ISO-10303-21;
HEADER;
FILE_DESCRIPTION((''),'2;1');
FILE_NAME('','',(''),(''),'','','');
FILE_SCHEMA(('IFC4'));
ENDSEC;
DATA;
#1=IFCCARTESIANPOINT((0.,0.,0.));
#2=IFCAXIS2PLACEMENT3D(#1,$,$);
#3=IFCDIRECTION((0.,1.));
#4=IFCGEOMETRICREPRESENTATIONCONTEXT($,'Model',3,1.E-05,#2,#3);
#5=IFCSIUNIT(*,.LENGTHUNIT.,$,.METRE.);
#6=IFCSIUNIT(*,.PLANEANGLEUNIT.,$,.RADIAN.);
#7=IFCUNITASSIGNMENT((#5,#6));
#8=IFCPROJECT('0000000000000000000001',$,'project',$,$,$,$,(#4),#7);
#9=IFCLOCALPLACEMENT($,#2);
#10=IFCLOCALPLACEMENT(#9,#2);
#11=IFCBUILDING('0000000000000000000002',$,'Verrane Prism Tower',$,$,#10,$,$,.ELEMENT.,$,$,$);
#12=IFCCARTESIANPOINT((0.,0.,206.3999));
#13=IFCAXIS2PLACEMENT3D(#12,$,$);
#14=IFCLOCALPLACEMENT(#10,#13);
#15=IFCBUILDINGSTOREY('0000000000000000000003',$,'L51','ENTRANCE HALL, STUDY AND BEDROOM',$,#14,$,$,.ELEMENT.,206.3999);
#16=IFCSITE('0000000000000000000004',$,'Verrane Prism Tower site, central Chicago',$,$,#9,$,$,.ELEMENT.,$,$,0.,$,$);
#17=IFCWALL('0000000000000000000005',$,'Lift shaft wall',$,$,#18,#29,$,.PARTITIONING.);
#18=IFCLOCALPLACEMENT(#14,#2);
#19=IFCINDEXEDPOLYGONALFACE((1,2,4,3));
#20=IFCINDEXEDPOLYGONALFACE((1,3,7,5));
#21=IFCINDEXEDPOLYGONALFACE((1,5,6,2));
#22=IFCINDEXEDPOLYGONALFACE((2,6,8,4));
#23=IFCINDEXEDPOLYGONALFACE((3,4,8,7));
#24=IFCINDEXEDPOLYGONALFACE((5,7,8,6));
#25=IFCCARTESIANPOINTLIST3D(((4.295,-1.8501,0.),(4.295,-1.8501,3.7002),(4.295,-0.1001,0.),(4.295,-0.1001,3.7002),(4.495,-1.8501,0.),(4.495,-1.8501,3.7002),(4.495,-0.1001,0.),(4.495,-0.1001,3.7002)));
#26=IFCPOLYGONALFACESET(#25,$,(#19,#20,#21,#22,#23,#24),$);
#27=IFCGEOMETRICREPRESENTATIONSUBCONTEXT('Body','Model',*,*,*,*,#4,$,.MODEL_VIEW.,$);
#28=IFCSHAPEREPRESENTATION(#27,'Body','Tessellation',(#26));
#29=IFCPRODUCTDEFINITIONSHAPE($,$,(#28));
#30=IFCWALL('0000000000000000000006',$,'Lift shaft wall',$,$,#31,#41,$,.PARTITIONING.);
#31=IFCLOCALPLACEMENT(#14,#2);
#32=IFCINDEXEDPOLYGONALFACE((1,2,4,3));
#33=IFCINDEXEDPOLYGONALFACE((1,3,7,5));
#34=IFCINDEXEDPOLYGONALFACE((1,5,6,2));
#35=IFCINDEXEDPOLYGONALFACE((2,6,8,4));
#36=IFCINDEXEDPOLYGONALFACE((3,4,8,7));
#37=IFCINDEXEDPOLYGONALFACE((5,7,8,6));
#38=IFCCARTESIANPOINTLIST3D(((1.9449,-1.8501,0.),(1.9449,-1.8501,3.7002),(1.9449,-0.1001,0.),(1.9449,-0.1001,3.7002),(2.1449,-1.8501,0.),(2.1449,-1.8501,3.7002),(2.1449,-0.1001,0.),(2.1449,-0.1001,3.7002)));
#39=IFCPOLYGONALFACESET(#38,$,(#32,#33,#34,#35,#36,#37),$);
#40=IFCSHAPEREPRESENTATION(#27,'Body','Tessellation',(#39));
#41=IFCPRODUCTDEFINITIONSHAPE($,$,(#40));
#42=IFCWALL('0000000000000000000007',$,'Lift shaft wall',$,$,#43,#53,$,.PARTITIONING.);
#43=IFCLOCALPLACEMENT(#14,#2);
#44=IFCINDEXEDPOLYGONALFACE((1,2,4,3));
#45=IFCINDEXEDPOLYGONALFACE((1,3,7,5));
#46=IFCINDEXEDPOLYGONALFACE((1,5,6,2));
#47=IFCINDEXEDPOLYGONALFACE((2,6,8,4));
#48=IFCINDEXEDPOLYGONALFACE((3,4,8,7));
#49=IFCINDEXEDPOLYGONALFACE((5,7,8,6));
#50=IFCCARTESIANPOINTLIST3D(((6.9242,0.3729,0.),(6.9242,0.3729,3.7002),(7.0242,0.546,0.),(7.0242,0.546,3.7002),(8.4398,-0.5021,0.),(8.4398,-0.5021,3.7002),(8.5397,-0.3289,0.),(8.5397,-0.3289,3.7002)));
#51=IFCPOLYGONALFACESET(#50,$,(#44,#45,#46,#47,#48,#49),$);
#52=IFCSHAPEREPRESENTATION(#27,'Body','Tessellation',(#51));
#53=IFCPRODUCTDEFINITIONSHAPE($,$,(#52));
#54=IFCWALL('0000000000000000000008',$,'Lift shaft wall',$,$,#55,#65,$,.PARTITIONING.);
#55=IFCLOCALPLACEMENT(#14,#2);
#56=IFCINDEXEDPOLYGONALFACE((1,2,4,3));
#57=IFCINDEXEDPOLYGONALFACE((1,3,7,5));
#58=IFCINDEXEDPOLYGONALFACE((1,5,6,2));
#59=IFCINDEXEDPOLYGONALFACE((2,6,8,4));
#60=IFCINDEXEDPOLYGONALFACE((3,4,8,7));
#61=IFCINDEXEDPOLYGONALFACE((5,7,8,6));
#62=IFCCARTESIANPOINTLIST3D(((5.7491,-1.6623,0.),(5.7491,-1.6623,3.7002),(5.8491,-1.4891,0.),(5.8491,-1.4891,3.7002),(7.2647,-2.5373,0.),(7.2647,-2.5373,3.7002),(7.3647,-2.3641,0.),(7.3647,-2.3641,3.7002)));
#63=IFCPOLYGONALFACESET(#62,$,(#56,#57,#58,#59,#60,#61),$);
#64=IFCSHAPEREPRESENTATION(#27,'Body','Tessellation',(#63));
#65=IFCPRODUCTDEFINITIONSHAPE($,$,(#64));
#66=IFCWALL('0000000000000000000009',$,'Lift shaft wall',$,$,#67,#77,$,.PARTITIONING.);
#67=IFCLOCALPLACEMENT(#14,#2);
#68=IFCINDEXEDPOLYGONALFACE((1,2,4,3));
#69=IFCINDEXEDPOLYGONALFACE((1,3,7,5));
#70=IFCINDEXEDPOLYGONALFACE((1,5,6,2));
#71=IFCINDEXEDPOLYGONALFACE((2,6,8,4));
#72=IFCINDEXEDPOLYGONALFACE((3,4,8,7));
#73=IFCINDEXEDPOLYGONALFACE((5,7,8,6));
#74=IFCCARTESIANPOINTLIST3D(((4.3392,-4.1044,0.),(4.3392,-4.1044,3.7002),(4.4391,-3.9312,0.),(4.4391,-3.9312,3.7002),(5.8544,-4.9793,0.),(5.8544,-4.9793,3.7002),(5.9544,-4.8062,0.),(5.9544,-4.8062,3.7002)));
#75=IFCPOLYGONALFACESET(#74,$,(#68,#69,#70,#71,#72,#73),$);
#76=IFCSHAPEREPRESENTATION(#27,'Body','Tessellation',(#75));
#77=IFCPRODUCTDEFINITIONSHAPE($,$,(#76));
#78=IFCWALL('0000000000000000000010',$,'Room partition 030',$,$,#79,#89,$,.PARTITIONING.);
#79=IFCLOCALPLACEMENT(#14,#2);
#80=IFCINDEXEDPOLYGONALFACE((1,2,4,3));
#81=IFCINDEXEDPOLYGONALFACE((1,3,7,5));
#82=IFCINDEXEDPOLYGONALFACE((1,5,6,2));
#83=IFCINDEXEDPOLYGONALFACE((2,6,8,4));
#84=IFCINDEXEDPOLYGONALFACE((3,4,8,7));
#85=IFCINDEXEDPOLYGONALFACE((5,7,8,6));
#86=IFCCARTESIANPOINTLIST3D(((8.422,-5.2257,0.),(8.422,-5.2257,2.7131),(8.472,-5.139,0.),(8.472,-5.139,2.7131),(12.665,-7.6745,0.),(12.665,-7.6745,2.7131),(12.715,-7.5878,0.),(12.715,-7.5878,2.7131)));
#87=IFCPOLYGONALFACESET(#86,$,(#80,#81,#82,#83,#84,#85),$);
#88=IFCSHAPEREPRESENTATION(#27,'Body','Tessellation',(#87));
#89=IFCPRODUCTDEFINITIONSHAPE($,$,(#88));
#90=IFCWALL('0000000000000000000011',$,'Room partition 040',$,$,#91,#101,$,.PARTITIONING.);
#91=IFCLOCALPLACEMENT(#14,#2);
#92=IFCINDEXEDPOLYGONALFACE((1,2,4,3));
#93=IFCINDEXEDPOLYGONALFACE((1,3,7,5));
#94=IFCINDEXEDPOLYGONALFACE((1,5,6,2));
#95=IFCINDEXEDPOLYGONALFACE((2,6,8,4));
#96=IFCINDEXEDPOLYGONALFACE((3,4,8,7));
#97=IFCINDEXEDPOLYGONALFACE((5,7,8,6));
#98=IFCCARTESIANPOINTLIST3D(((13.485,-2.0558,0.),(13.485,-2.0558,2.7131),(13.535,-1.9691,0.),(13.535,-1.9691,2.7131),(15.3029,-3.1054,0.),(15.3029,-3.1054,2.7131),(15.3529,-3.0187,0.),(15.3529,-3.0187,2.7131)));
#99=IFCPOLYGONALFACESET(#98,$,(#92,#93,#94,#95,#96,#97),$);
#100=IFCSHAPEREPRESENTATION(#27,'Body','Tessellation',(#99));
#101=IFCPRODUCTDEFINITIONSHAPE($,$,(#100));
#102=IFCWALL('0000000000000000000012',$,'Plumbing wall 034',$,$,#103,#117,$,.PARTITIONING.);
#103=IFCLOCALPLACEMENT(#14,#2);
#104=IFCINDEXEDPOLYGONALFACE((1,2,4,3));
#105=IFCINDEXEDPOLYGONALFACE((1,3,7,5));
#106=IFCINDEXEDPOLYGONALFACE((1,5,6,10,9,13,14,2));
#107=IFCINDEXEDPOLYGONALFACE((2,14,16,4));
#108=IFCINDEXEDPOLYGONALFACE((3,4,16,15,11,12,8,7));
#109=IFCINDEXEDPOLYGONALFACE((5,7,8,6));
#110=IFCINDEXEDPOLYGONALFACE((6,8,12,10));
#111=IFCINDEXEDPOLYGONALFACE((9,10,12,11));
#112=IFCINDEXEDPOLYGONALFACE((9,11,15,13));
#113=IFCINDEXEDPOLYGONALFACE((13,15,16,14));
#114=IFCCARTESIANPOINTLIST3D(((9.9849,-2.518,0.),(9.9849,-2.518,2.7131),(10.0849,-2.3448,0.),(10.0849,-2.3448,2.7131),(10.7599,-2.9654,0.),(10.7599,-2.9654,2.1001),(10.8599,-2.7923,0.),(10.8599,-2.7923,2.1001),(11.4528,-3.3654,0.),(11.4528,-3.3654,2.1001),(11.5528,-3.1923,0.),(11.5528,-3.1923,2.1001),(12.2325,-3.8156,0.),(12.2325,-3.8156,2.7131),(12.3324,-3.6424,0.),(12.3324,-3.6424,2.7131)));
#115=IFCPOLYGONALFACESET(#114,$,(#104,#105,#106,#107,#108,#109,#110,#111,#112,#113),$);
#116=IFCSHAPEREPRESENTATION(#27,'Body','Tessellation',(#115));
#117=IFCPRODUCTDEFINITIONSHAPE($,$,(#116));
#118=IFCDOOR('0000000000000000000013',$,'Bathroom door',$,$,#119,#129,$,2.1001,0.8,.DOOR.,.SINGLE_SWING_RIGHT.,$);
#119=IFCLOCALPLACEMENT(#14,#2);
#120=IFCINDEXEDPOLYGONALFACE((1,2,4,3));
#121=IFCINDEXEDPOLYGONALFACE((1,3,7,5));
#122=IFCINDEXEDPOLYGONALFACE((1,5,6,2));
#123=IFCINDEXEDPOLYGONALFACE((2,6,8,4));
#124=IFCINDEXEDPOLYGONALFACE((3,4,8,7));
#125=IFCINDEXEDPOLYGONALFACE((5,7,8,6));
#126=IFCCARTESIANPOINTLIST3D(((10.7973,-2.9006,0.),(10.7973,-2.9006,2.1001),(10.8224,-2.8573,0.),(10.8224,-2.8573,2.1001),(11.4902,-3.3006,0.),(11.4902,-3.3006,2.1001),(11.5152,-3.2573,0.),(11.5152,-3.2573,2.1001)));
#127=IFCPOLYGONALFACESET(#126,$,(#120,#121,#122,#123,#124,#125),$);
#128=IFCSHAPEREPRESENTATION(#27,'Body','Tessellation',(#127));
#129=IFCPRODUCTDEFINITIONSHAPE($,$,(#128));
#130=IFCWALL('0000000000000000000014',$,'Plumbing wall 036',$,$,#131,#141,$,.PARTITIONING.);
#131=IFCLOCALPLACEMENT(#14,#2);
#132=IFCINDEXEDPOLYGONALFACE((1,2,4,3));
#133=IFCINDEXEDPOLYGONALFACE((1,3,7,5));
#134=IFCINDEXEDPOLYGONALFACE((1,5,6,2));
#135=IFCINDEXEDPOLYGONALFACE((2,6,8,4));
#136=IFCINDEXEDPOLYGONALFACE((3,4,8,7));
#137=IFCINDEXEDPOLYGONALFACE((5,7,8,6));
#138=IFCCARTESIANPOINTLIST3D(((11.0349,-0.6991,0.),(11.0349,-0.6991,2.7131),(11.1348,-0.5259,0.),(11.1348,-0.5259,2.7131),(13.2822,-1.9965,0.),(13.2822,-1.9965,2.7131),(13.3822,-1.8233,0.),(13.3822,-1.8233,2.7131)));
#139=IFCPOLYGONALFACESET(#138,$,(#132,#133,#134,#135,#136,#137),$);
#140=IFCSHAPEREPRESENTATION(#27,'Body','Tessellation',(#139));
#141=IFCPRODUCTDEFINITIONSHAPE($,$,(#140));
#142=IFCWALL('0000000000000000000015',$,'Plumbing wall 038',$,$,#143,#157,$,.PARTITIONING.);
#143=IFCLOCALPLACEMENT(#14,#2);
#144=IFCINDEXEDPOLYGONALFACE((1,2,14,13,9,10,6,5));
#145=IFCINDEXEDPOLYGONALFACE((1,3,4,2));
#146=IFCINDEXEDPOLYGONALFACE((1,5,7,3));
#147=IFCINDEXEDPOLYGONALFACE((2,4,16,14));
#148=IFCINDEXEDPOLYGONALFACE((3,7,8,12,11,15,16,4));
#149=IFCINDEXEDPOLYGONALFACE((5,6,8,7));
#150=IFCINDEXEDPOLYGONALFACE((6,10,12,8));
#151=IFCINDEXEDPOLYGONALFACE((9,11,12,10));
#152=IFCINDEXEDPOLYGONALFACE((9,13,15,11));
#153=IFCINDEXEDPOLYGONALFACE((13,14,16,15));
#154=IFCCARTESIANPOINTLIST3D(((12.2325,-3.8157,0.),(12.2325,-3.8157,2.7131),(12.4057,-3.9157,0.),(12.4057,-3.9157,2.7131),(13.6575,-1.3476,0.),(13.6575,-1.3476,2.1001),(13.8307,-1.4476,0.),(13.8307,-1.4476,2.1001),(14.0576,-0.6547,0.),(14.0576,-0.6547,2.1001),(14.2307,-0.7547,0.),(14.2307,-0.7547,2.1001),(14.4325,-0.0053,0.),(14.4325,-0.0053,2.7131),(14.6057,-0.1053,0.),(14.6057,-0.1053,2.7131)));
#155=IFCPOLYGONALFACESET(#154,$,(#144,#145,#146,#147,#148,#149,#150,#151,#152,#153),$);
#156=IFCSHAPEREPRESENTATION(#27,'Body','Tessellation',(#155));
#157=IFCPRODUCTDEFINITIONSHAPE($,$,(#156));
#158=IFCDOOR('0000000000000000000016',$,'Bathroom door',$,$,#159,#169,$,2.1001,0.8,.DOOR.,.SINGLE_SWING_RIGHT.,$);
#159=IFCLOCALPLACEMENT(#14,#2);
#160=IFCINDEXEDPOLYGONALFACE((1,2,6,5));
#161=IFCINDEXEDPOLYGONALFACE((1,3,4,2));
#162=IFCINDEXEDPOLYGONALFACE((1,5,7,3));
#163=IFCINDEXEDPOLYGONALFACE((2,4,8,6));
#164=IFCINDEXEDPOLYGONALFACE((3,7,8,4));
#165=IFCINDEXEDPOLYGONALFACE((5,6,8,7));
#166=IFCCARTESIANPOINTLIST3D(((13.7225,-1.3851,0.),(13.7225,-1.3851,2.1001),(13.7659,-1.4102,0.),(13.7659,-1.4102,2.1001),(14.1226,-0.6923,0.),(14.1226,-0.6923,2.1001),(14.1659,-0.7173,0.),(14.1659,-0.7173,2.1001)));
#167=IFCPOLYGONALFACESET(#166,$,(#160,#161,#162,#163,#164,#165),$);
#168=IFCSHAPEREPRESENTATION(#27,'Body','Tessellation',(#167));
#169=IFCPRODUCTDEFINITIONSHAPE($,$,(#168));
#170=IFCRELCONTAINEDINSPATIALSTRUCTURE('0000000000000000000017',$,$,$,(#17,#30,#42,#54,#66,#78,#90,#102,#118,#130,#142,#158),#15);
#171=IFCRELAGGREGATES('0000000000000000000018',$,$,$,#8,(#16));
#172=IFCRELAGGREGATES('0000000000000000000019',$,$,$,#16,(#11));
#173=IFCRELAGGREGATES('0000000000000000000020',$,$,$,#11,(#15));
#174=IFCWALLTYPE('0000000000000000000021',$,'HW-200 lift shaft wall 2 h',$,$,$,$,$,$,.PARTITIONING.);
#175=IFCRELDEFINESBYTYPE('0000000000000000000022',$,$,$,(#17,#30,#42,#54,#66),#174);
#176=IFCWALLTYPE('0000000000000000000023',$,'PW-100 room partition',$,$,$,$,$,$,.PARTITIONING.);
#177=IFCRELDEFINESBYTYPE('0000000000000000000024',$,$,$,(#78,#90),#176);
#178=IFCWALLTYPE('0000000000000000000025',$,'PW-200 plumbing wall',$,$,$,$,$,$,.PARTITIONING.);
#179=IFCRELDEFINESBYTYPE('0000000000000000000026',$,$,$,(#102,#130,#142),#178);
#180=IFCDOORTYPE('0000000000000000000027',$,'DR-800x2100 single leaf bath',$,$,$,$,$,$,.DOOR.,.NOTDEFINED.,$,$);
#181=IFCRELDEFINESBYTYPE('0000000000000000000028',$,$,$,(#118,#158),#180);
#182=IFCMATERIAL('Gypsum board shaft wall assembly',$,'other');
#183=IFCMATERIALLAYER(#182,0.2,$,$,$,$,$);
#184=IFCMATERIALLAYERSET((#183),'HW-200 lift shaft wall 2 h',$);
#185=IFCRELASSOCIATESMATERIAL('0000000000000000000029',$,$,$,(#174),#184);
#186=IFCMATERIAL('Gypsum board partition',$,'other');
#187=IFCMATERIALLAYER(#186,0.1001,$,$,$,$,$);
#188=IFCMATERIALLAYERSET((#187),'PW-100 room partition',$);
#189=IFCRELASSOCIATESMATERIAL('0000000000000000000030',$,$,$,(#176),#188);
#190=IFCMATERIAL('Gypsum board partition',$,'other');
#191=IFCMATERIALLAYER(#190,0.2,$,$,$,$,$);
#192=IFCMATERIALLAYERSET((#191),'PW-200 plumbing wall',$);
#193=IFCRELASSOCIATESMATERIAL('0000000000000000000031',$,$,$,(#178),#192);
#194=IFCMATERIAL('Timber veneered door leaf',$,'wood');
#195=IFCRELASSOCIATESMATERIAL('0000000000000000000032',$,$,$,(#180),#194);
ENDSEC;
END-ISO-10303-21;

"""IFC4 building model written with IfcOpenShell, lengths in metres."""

from ifc_helpers import new_model, si_unit, direction, frame, frame_2d, origin, place, context, subcontext, project, spatial, rectangle, extrude, material, layer, layer_set, type_object, element, fill, save


model = new_model("IFC4")

# Units and contexts
model_context = context("Model", 3, precision=1e-05, world=origin(), true_north=direction((0.0, 1.0)))
body_context = subcontext(model_context, "Body", "Model", "MODEL_VIEW")
ifc_project = project(units=[si_unit("LENGTHUNIT", "METRE"), si_unit("PLANEANGLEUNIT", "RADIAN")], contexts=[model_context])

# Site, building, storey
site_placement = place(None, origin())
site = spatial("IfcSite", under=ifc_project, at=site_placement, Name="Verrane Prism Tower site, central Chicago", CompositionType="ELEMENT", RefElevation=0.0)
building_placement = place(site_placement, origin())
building = spatial("IfcBuilding", under=site, at=building_placement, Name="Verrane Prism Tower", CompositionType="ELEMENT")
storey_placement = place(building_placement, frame((0.0, 0.0, 206.3999)))
storey = spatial("IfcBuildingStorey", under=building, at=storey_placement, Name="L51", Description="ENTRANCE HALL, STUDY AND BEDROOM", CompositionType="ELEMENT", Elevation=206.3999)

# Shared definitions
ifc_material_1 = material(Name="Gypsum board shaft wall assembly", Category="other")
ifc_layer_1 = layer(ifc_material_1, 0.2)
ifc_layer_set_1 = layer_set([ifc_layer_1], Name="HW-200 lift shaft wall 2 h")
wall_type_1 = type_object("IfcWallType", Name="HW-200 lift shaft wall 2 h", PredefinedType="PARTITIONING", material=ifc_layer_set_1)

# Walls
for number, where, z_axis, x_axis, name in (
    (1, (4.395, -1.8501, 0.0), (0.0, 0.0, 1.0), (0.0, 1.0, 0.0), "Lift shaft wall"),
    (2, (2.0449, -1.8501, 0.0), (0.0, 0.0, 1.0), (0.0, 1.0, 0.0), "Lift shaft wall"),
    (3, (8.4897, -0.4155, 0.0), (0.0, 0.0, 1.0), (-0.866037, 0.49998, 0.0), "Lift shaft wall"),
    (4, (7.3147, -2.4507, 0.0), (0.0, 0.0, 1.0), (-0.866037, 0.49998, 0.0), "Lift shaft wall"),
):
    element("IfcWall", number, at=place(storey_placement, frame(where, z_axis=z_axis, x_axis=x_axis)), inside=storey, type_object=wall_type_1, Name=name, PredefinedType="PARTITIONING", context=body_context, shape_type="SweptSolid", body=[
        extrude(rectangle(XDim=1.75, YDim=0.2, at=frame_2d((0.875, 0.0))), origin(), (0.0, 0.0, 1.0), 3.7002),
    ])
wall_1_placement = place(storey_placement, frame((5.9045, -4.8928, 0.0), z_axis=(0.0, 0.0, 1.0), x_axis=(-0.866002, 0.50004, 0.0)))
element("IfcWall", 5, at=wall_1_placement, inside=storey, type_object=wall_type_1, Name="Lift shaft wall", PredefinedType="PARTITIONING", context=body_context, shape_type="SweptSolid", body=[
    extrude(rectangle(XDim=1.7498, YDim=0.2, at=frame_2d((0.875, 0.0))), origin(), (0.0, 0.0, 1.0), 3.7002),
])
ifc_material_2 = material(Name="Gypsum board partition", Category="other")
ifc_layer_2 = layer(ifc_material_2, 0.1001)
ifc_layer_set_2 = layer_set([ifc_layer_2], Name="PW-100 room partition")
wall_type_2 = type_object("IfcWallType", Name="PW-100 room partition", PredefinedType="PARTITIONING", material=ifc_layer_set_2)
wall_2_placement = place(storey_placement, frame((8.447, -5.1824, 0.0), z_axis=(0.0, 0.0, 1.0), x_axis=(0.866107, -0.499859, 0.0)))
element("IfcWall", 6, at=wall_2_placement, inside=storey, type_object=wall_type_2, Name="Room partition 030", PredefinedType="PARTITIONING", context=body_context, shape_type="SweptSolid", body=[
    extrude(rectangle(XDim=4.8989, YDim=0.1001, at=frame_2d((2.4495, 0.0))), origin(), (0.0, 0.0, 1.0), 2.7131),
])
wall_3_placement = place(storey_placement, frame((13.51, -2.0125, 0.0), z_axis=(0.0, 0.0, 1.0), x_axis=(0.866023, -0.500004, 0.0)))
element("IfcWall", 7, at=wall_3_placement, inside=storey, type_object=wall_type_2, Name="Room partition 040", PredefinedType="PARTITIONING", context=body_context, shape_type="SweptSolid", body=[
    extrude(rectangle(XDim=2.0991, YDim=0.1001, at=frame_2d((1.0496, 0.0))), origin(), (0.0, 0.0, 1.0), 2.7131),
])

# Wall, opening, door
ifc_material_3 = material(Name="Gypsum board partition", Category="other")
ifc_layer_3 = layer(ifc_material_3, 0.2)
ifc_layer_set_3 = layer_set([ifc_layer_3], Name="PW-200 plumbing wall")
wall_type_3 = type_object("IfcWallType", Name="PW-200 plumbing wall", PredefinedType="PARTITIONING", material=ifc_layer_set_3)
wall_4_placement = place(storey_placement, frame((10.0349, -2.4314, 0.0), z_axis=(0.0, 0.0, 1.0), x_axis=(0.866029, -0.499994, 0.0)))
wall_4 = element("IfcWall", 8, at=wall_4_placement, inside=storey, type_object=wall_type_3, Name="Plumbing wall 034", PredefinedType="PARTITIONING", context=body_context, shape_type="SweptSolid", body=[
    extrude(rectangle(XDim=2.5952, YDim=0.2, at=frame_2d((1.2976, 0.0))), origin(), (0.0, 0.0, 1.0), 2.7131),
])
opening_1_placement = place(wall_4_placement, frame((0.895, 0.0, 0.0)))
opening_1 = element("IfcOpeningElement", 9, at=opening_1_placement, cuts=wall_4, PredefinedType="OPENING", context=body_context, shape_type="SweptSolid", body=[
    extrude(rectangle(XDim=0.8, YDim=2.1001, at=frame_2d((0.3999, 1.05))), frame((0.0, 0.1099, 0.0), z_axis=(0.0, -1.0, 0.0), x_axis=(1.0, 0.0, 0.0)), (0.0, 0.0, 1.0), 0.22),
])
ifc_material_4 = material(Name="Timber veneered door leaf", Category="wood")
door_type_1 = type_object("IfcDoorType", Name="DR-800x2100 single leaf bath", OperationType="NOTDEFINED", PredefinedType="DOOR", material=ifc_material_4)
door_1_placement = place(opening_1_placement, origin())
door_1 = element("IfcDoor", 10, at=door_1_placement, inside=storey, type_object=door_type_1, Name="Bathroom door", OperationType="SINGLE_SWING_RIGHT", OverallHeight=2.1001, OverallWidth=0.8, PredefinedType="DOOR", context=body_context, shape_type="SweptSolid", body=[
    extrude(rectangle(XDim=0.8, YDim=2.1001, at=frame_2d((0.3999, 1.05))), frame((0.0, 0.0249, 0.0), z_axis=(0.0, -1.0, 0.0), x_axis=(1.0, 0.0, 0.0)), (0.0, 0.0, 1.0), 0.05),
])
fill(opening_1, door_1)

# Wall
wall_5_placement = place(storey_placement, frame((11.085, -0.6125, 0.0), z_axis=(0.0, 0.0, 1.0), x_axis=(0.866046, -0.499964, 0.0)))
element("IfcWall", 11, at=wall_5_placement, inside=storey, type_object=wall_type_3, Name="Plumbing wall 036", PredefinedType="PARTITIONING", context=body_context, shape_type="SweptSolid", body=[
    extrude(rectangle(XDim=2.595, YDim=0.2, at=frame_2d((1.2974, 0.0))), origin(), (0.0, 0.0, 1.0), 2.7131),
])

# Wall, opening, door
wall_6_placement = place(storey_placement, frame((12.3191, -3.8657, 0.0), z_axis=(0.0, 0.0, 1.0), x_axis=(0.500012, 0.866018, 0.0)))
wall_6 = element("IfcWall", 12, at=wall_6_placement, inside=storey, type_object=wall_type_3, Name="Plumbing wall 038", PredefinedType="PARTITIONING", context=body_context, shape_type="SweptSolid", body=[
    extrude(rectangle(XDim=4.3999, YDim=0.2, at=frame_2d((2.2, 0.0))), origin(), (0.0, 0.0, 1.0), 2.7131),
])
opening_2_placement = place(wall_6_placement, frame((2.8501, 0.0, 0.0)))
opening_2 = element("IfcOpeningElement", 13, at=opening_2_placement, cuts=wall_6, PredefinedType="OPENING", context=body_context, shape_type="SweptSolid", body=[
    extrude(rectangle(XDim=0.8, YDim=2.1001, at=frame_2d((0.3999, 1.05))), frame((0.0, 0.1099, 0.0), z_axis=(0.0, -1.0, 0.0), x_axis=(1.0, 0.0, 0.0)), (0.0, 0.0, 1.0), 0.22),
])
door_2_placement = place(opening_2_placement, origin())
door_2 = element("IfcDoor", 14, at=door_2_placement, inside=storey, type_object=door_type_1, Name="Bathroom door", OperationType="SINGLE_SWING_RIGHT", OverallHeight=2.1001, OverallWidth=0.8, PredefinedType="DOOR", context=body_context, shape_type="SweptSolid", body=[
    extrude(rectangle(XDim=0.8, YDim=2.1001, at=frame_2d((0.3999, 1.05))), frame((0.0, 0.0249, 0.0), z_axis=(0.0, -1.0, 0.0), x_axis=(1.0, 0.0, 0.0)), (0.0, 0.0, 1.0), 0.05),
])
fill(opening_2, door_2)

save(model, "model.ifc")
